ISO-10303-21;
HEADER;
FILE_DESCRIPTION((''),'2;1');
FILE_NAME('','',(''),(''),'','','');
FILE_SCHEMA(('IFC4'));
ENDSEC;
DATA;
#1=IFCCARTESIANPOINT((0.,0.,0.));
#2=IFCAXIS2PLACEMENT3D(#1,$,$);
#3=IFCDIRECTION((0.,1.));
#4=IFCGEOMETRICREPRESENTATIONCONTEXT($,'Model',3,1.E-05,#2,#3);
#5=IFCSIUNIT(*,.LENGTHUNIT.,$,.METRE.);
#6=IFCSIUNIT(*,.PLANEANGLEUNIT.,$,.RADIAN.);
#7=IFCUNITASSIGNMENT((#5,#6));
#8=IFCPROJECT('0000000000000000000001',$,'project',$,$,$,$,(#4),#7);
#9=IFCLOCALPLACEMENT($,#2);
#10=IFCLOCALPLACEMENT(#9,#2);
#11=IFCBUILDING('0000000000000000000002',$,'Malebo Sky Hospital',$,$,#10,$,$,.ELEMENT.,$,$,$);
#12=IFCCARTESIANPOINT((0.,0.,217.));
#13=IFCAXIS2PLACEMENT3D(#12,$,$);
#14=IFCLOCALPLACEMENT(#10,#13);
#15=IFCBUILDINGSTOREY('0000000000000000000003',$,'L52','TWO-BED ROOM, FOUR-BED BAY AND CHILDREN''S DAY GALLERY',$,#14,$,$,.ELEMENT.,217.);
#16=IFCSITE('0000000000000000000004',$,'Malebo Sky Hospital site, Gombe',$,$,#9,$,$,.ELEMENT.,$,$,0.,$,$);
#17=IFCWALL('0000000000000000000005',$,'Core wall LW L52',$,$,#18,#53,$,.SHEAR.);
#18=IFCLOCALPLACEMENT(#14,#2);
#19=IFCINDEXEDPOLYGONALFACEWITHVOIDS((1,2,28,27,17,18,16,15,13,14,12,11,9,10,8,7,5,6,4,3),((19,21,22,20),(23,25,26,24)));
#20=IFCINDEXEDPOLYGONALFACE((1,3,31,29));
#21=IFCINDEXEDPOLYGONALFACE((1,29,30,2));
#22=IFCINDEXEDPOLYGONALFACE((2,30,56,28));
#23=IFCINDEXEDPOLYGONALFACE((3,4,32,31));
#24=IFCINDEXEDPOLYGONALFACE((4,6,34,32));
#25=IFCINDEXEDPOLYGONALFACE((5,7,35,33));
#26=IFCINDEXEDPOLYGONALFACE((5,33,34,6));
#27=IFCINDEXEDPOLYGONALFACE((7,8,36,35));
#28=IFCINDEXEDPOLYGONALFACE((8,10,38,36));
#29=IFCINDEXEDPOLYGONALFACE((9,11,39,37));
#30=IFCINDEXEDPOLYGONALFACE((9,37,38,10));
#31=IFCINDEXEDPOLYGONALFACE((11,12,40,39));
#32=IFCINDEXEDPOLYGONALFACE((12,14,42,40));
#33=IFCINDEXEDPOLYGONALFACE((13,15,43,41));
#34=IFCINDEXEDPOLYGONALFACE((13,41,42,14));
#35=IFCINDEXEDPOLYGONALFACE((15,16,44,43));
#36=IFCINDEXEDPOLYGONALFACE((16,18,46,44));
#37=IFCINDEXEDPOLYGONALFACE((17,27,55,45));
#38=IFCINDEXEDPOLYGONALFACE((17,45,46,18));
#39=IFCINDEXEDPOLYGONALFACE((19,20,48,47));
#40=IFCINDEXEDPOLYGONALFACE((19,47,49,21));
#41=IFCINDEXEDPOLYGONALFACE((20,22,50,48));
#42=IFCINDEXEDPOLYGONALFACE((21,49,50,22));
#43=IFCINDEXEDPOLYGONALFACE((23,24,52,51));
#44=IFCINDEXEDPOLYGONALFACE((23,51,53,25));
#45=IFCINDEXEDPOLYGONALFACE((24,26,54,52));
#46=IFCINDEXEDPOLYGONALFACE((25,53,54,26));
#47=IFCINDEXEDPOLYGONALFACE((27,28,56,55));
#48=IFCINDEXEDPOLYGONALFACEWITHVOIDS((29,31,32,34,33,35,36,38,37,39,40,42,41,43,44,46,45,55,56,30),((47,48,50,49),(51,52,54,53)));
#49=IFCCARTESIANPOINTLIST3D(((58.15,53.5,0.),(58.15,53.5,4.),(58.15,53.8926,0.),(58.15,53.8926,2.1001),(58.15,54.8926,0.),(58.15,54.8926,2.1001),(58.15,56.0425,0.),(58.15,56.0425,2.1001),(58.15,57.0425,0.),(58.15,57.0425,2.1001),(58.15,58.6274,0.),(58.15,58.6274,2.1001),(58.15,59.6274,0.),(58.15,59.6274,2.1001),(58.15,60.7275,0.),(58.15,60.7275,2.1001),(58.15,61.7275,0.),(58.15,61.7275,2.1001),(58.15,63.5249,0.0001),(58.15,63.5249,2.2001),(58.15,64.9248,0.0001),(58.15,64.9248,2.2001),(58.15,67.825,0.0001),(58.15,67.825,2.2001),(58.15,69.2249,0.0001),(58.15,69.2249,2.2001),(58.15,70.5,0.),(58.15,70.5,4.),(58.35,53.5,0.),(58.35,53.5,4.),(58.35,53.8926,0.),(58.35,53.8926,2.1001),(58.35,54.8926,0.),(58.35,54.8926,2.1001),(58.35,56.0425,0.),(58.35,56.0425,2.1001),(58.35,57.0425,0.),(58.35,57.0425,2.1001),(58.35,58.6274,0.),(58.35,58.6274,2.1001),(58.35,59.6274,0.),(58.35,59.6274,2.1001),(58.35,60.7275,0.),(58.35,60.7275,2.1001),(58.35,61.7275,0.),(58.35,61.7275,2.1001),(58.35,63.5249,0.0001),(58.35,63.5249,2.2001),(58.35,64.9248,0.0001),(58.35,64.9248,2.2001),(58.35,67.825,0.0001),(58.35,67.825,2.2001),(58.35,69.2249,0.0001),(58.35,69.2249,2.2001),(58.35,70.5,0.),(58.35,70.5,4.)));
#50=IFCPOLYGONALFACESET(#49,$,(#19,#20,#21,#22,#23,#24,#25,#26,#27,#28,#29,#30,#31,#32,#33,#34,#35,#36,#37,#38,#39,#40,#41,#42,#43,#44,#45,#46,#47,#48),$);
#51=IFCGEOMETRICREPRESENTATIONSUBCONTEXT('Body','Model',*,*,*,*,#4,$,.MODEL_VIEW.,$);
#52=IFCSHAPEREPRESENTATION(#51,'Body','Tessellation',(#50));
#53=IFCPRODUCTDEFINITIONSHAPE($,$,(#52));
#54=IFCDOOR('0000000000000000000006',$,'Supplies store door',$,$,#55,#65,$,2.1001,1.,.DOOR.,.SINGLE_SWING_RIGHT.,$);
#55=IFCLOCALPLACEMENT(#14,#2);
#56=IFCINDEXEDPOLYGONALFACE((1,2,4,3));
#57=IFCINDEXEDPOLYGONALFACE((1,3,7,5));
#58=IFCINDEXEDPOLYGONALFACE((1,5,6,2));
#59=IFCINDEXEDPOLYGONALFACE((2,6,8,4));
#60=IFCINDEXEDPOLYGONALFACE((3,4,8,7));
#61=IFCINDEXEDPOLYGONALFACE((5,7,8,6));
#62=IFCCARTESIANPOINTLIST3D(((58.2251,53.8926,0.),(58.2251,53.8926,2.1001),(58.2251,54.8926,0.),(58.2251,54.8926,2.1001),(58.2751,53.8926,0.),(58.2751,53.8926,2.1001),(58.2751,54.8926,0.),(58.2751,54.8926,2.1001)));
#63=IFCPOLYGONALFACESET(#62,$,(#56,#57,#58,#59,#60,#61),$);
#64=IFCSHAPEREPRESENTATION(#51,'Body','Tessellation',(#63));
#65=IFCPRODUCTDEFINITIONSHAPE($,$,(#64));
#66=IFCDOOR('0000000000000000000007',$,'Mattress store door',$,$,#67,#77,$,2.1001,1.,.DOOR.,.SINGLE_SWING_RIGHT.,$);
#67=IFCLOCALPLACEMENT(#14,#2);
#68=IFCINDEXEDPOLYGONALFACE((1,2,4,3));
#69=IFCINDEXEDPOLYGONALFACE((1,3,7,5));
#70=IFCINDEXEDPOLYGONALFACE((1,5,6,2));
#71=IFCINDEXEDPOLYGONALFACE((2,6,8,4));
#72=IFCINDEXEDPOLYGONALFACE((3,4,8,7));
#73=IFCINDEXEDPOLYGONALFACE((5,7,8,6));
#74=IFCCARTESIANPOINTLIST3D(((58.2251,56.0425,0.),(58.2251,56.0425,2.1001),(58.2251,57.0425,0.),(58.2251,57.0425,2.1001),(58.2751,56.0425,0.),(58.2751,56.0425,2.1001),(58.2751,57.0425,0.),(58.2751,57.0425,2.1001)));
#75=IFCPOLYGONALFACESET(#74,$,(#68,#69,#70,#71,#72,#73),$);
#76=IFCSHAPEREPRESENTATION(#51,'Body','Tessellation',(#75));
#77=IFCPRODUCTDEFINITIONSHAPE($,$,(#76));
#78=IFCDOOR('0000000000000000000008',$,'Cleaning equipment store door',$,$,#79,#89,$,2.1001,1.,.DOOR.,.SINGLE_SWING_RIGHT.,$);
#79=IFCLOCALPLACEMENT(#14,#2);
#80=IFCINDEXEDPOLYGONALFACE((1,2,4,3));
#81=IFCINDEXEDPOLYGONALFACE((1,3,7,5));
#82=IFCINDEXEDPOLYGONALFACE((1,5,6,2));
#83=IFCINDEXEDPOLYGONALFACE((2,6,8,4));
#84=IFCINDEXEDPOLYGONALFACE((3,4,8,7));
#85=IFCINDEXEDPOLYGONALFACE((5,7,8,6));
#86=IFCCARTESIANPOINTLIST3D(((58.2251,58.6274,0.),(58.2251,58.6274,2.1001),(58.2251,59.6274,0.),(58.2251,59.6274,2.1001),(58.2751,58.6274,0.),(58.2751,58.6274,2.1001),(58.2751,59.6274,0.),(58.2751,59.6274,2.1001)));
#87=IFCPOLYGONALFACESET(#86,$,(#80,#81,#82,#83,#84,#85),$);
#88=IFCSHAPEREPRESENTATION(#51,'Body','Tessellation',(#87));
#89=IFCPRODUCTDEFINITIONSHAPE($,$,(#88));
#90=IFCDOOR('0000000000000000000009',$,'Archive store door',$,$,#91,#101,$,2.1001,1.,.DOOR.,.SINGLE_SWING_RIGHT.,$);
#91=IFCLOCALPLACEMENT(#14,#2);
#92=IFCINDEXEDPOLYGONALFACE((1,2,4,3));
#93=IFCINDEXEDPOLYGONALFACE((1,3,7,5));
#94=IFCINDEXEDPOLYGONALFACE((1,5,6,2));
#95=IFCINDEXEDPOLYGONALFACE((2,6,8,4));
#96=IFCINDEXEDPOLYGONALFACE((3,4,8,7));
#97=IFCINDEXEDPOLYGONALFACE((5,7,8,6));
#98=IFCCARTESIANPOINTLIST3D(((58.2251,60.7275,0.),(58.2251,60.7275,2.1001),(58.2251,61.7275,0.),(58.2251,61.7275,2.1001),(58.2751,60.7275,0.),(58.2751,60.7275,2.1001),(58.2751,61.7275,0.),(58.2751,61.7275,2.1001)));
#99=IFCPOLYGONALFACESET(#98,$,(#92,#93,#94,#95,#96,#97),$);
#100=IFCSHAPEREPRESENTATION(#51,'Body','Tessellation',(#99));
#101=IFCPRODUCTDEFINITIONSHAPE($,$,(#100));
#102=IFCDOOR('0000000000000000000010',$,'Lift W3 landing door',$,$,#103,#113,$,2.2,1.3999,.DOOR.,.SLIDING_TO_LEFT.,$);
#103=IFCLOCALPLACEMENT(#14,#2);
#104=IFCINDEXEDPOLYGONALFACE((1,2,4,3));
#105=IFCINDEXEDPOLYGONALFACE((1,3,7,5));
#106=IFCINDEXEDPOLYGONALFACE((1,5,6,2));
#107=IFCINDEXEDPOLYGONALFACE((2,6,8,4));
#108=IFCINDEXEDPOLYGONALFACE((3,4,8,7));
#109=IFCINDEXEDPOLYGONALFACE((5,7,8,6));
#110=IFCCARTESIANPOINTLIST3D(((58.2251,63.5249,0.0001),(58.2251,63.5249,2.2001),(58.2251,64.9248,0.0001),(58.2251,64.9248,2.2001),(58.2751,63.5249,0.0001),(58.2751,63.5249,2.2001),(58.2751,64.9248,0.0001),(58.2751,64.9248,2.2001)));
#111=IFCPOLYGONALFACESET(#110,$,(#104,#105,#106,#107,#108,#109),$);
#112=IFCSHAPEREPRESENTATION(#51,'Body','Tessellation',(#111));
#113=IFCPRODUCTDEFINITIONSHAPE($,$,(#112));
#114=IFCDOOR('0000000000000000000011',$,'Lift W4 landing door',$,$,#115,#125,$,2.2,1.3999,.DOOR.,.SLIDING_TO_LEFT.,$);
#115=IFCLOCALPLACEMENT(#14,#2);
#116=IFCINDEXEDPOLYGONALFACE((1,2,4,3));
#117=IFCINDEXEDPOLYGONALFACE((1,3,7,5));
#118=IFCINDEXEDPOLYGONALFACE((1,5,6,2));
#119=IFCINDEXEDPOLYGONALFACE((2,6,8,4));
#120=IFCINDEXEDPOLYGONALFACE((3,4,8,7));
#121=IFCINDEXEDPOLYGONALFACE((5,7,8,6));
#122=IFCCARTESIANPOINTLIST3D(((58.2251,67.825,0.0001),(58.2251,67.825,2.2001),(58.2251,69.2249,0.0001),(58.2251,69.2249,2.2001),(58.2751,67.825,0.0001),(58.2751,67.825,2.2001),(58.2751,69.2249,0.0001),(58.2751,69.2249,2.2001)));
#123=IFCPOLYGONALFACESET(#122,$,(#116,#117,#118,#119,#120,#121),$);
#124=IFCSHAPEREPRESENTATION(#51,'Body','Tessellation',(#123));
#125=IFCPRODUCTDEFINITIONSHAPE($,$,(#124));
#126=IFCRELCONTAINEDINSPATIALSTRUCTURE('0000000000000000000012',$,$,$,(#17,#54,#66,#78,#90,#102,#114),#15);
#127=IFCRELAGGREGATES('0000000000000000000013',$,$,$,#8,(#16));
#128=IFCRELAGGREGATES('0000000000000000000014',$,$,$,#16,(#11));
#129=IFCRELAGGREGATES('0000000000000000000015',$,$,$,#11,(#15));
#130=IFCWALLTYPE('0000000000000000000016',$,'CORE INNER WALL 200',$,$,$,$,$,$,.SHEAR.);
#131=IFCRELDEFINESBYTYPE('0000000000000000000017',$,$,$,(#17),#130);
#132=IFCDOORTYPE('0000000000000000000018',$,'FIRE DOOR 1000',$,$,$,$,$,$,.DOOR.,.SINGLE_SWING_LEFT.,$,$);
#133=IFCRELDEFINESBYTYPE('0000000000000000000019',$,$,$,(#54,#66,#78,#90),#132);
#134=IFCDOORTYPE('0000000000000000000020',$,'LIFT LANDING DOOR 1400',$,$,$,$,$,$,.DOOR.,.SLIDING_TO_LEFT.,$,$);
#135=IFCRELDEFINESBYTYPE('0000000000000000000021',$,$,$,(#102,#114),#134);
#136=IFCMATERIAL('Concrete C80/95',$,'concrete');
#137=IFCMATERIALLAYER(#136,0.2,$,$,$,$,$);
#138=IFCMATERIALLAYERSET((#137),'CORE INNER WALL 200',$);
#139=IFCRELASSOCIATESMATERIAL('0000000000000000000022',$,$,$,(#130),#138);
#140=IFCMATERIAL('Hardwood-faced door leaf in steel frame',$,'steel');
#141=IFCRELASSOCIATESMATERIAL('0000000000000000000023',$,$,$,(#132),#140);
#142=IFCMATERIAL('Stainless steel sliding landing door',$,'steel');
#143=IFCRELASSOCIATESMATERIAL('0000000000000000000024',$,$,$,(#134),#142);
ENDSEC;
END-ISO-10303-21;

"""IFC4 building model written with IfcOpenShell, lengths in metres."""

from ifc_helpers import new_model, si_unit, direction, frame, frame_2d, origin, place, context, subcontext, project, spatial, rectangle, extrude, material, layer, layer_set, type_object, element, fill, save


model = new_model("IFC4")

# Units and contexts
model_context = context("Model", 3, precision=1e-05, world=origin(), true_north=direction((0.0, 1.0)))
body_context = subcontext(model_context, "Body", "Model", "MODEL_VIEW")
ifc_project = project(units=[si_unit("LENGTHUNIT", "METRE"), si_unit("PLANEANGLEUNIT", "RADIAN")], contexts=[model_context])

# Site, building, storey
site_placement = place(None, origin())
site = spatial("IfcSite", under=ifc_project, at=site_placement, Name="Malebo Sky Hospital site, Gombe", CompositionType="ELEMENT", RefElevation=0.0)
building_placement = place(site_placement, origin())
building = spatial("IfcBuilding", under=site, at=building_placement, Name="Malebo Sky Hospital", CompositionType="ELEMENT")
storey_placement = place(building_placement, frame((0.0, 0.0, 217.0)))
storey = spatial("IfcBuildingStorey", under=building, at=storey_placement, Name="L52", Description="TWO-BED ROOM, FOUR-BED BAY AND CHILDREN'S DAY GALLERY", CompositionType="ELEMENT", Elevation=217.0)

# Wall, openings, doors
ifc_material_1 = material(Name="Concrete C80/95", Category="concrete")
ifc_layer_1 = layer(ifc_material_1, 0.2)
ifc_layer_set_1 = layer_set([ifc_layer_1], Name="CORE INNER WALL 200")
wall_type_1 = type_object("IfcWallType", Name="CORE INNER WALL 200", PredefinedType="SHEAR", material=ifc_layer_set_1)
wall_1_placement = place(storey_placement, frame((58.25, 53.5, 0.0), z_axis=(0.0, 0.0, 1.0), x_axis=(0.0, 1.0, 0.0)))
wall_1 = element("IfcWall", 1, at=wall_1_placement, inside=storey, type_object=wall_type_1, Name="Core wall LW L52", PredefinedType="SHEAR", context=body_context, shape_type="SweptSolid", body=[
    extrude(rectangle(XDim=17.0, YDim=0.2, at=frame_2d((8.5, 0.0))), origin(), (0.0, 0.0, 1.0), 4.0),
])
opening_1_placement = place(wall_1_placement, frame((0.3926, 0.0, 0.0)))
opening_1 = element("IfcOpeningElement", 2, at=opening_1_placement, cuts=wall_1, PredefinedType="OPENING", context=body_context, shape_type="SweptSolid", body=[
    extrude(rectangle(XDim=1.0, YDim=2.1001, at=frame_2d((0.5, 1.05))), frame((0.0, 0.1099, 0.0), z_axis=(0.0, -1.0, 0.0), x_axis=(1.0, 0.0, 0.0)), (0.0, 0.0, 1.0), 0.22),
])
opening_2_placement = place(wall_1_placement, frame((2.5425, 0.0, 0.0)))
opening_2 = element("IfcOpeningElement", 3, at=opening_2_placement, cuts=wall_1, PredefinedType="OPENING", context=body_context, shape_type="SweptSolid", body=[
    extrude(rectangle(XDim=1.0, YDim=2.1001, at=frame_2d((0.5, 1.05))), frame((0.0, 0.1099, 0.0), z_axis=(0.0, -1.0, 0.0), x_axis=(1.0, 0.0, 0.0)), (0.0, 0.0, 1.0), 0.22),
])
opening_3_placement = place(wall_1_placement, frame((5.1274, 0.0, 0.0)))
opening_3 = element("IfcOpeningElement", 4, at=opening_3_placement, cuts=wall_1, PredefinedType="OPENING", context=body_context, shape_type="SweptSolid", body=[
    extrude(rectangle(XDim=1.0, YDim=2.1001, at=frame_2d((0.5, 1.05))), frame((0.0, 0.1099, 0.0), z_axis=(0.0, -1.0, 0.0), x_axis=(1.0, 0.0, 0.0)), (0.0, 0.0, 1.0), 0.22),
])
opening_4_placement = place(wall_1_placement, frame((7.2275, 0.0, 0.0)))
opening_4 = element("IfcOpeningElement", 5, at=opening_4_placement, cuts=wall_1, PredefinedType="OPENING", context=body_context, shape_type="SweptSolid", body=[
    extrude(rectangle(XDim=1.0, YDim=2.1001, at=frame_2d((0.5, 1.05))), frame((0.0, 0.1099, 0.0), z_axis=(0.0, -1.0, 0.0), x_axis=(1.0, 0.0, 0.0)), (0.0, 0.0, 1.0), 0.22),
])
opening_5_placement = place(wall_1_placement, frame((10.0249, 0.0, 0.0)))
opening_5 = element("IfcOpeningElement", 6, at=opening_5_placement, cuts=wall_1, PredefinedType="OPENING", context=body_context, shape_type="SweptSolid", body=[
    extrude(rectangle(XDim=1.3999, YDim=2.2, at=frame_2d((0.7, 1.1001))), frame((0.0, 0.1099, 0.0), z_axis=(0.0, -1.0, 0.0), x_axis=(1.0, 0.0, 0.0)), (0.0, 0.0, 1.0), 0.22),
])
opening_6_placement = place(wall_1_placement, frame((14.325, 0.0, 0.0)))
opening_6 = element("IfcOpeningElement", 7, at=opening_6_placement, cuts=wall_1, PredefinedType="OPENING", context=body_context, shape_type="SweptSolid", body=[
    extrude(rectangle(XDim=1.3999, YDim=2.2, at=frame_2d((0.7, 1.1001))), frame((0.0, 0.1099, 0.0), z_axis=(0.0, -1.0, 0.0), x_axis=(1.0, 0.0, 0.0)), (0.0, 0.0, 1.0), 0.22),
])
ifc_material_2 = material(Name="Hardwood-faced door leaf in steel frame", Category="steel")
door_type_1 = type_object("IfcDoorType", Name="FIRE DOOR 1000", OperationType="SINGLE_SWING_LEFT", PredefinedType="DOOR", material=ifc_material_2)
door_1_placement = place(opening_1_placement, origin())
door_1 = element("IfcDoor", 8, at=door_1_placement, inside=storey, type_object=door_type_1, Name="Supplies store door", OperationType="SINGLE_SWING_RIGHT", OverallHeight=2.1001, OverallWidth=1.0, PredefinedType="DOOR", context=body_context, shape_type="SweptSolid", body=[
    extrude(rectangle(XDim=1.0, YDim=2.1001, at=frame_2d((0.5, 1.05))), frame((0.0, 0.0249, 0.0), z_axis=(0.0, -1.0, 0.0), x_axis=(1.0, 0.0, 0.0)), (0.0, 0.0, 1.0), 0.05),
])
fill(opening_1, door_1)
door_2_placement = place(opening_2_placement, origin())
door_2 = element("IfcDoor", 9, at=door_2_placement, inside=storey, type_object=door_type_1, Name="Mattress store door", OperationType="SINGLE_SWING_RIGHT", OverallHeight=2.1001, OverallWidth=1.0, PredefinedType="DOOR", context=body_context, shape_type="SweptSolid", body=[
    extrude(rectangle(XDim=1.0, YDim=2.1001, at=frame_2d((0.5, 1.05))), frame((0.0, 0.0249, 0.0), z_axis=(0.0, -1.0, 0.0), x_axis=(1.0, 0.0, 0.0)), (0.0, 0.0, 1.0), 0.05),
])
fill(opening_2, door_2)
door_3_placement = place(opening_3_placement, origin())
door_3 = element("IfcDoor", 10, at=door_3_placement, inside=storey, type_object=door_type_1, Name="Cleaning equipment store door", OperationType="SINGLE_SWING_RIGHT", OverallHeight=2.1001, OverallWidth=1.0, PredefinedType="DOOR", context=body_context, shape_type="SweptSolid", body=[
    extrude(rectangle(XDim=1.0, YDim=2.1001, at=frame_2d((0.5, 1.05))), frame((0.0, 0.0249, 0.0), z_axis=(0.0, -1.0, 0.0), x_axis=(1.0, 0.0, 0.0)), (0.0, 0.0, 1.0), 0.05),
])
fill(opening_3, door_3)
door_4_placement = place(opening_4_placement, origin())
door_4 = element("IfcDoor", 11, at=door_4_placement, inside=storey, type_object=door_type_1, Name="Archive store door", OperationType="SINGLE_SWING_RIGHT", OverallHeight=2.1001, OverallWidth=1.0, PredefinedType="DOOR", context=body_context, shape_type="SweptSolid", body=[
    extrude(rectangle(XDim=1.0, YDim=2.1001, at=frame_2d((0.5, 1.05))), frame((0.0, 0.0249, 0.0), z_axis=(0.0, -1.0, 0.0), x_axis=(1.0, 0.0, 0.0)), (0.0, 0.0, 1.0), 0.05),
])
fill(opening_4, door_4)
ifc_material_3 = material(Name="Stainless steel sliding landing door", Category="steel")
door_type_2 = type_object("IfcDoorType", Name="LIFT LANDING DOOR 1400", OperationType="SLIDING_TO_LEFT", PredefinedType="DOOR", material=ifc_material_3)
door_5_placement = place(opening_5_placement, origin())
door_5 = element("IfcDoor", 12, at=door_5_placement, inside=storey, type_object=door_type_2, Name="Lift W3 landing door", OperationType="SLIDING_TO_LEFT", OverallHeight=2.2, OverallWidth=1.3999, PredefinedType="DOOR", context=body_context, shape_type="SweptSolid", body=[
    extrude(rectangle(XDim=1.3999, YDim=2.2, at=frame_2d((0.7, 1.1001))), frame((0.0, 0.0249, 0.0), z_axis=(0.0, -1.0, 0.0), x_axis=(1.0, 0.0, 0.0)), (0.0, 0.0, 1.0), 0.05),
])
fill(opening_5, door_5)
door_6_placement = place(opening_6_placement, origin())
door_6 = element("IfcDoor", 13, at=door_6_placement, inside=storey, type_object=door_type_2, Name="Lift W4 landing door", OperationType="SLIDING_TO_LEFT", OverallHeight=2.2, OverallWidth=1.3999, PredefinedType="DOOR", context=body_context, shape_type="SweptSolid", body=[
    extrude(rectangle(XDim=1.3999, YDim=2.2, at=frame_2d((0.7, 1.1001))), frame((0.0, 0.0249, 0.0), z_axis=(0.0, -1.0, 0.0), x_axis=(1.0, 0.0, 0.0)), (0.0, 0.0, 1.0), 0.05),
])
fill(opening_6, door_6)

save(model, "model.ifc")
